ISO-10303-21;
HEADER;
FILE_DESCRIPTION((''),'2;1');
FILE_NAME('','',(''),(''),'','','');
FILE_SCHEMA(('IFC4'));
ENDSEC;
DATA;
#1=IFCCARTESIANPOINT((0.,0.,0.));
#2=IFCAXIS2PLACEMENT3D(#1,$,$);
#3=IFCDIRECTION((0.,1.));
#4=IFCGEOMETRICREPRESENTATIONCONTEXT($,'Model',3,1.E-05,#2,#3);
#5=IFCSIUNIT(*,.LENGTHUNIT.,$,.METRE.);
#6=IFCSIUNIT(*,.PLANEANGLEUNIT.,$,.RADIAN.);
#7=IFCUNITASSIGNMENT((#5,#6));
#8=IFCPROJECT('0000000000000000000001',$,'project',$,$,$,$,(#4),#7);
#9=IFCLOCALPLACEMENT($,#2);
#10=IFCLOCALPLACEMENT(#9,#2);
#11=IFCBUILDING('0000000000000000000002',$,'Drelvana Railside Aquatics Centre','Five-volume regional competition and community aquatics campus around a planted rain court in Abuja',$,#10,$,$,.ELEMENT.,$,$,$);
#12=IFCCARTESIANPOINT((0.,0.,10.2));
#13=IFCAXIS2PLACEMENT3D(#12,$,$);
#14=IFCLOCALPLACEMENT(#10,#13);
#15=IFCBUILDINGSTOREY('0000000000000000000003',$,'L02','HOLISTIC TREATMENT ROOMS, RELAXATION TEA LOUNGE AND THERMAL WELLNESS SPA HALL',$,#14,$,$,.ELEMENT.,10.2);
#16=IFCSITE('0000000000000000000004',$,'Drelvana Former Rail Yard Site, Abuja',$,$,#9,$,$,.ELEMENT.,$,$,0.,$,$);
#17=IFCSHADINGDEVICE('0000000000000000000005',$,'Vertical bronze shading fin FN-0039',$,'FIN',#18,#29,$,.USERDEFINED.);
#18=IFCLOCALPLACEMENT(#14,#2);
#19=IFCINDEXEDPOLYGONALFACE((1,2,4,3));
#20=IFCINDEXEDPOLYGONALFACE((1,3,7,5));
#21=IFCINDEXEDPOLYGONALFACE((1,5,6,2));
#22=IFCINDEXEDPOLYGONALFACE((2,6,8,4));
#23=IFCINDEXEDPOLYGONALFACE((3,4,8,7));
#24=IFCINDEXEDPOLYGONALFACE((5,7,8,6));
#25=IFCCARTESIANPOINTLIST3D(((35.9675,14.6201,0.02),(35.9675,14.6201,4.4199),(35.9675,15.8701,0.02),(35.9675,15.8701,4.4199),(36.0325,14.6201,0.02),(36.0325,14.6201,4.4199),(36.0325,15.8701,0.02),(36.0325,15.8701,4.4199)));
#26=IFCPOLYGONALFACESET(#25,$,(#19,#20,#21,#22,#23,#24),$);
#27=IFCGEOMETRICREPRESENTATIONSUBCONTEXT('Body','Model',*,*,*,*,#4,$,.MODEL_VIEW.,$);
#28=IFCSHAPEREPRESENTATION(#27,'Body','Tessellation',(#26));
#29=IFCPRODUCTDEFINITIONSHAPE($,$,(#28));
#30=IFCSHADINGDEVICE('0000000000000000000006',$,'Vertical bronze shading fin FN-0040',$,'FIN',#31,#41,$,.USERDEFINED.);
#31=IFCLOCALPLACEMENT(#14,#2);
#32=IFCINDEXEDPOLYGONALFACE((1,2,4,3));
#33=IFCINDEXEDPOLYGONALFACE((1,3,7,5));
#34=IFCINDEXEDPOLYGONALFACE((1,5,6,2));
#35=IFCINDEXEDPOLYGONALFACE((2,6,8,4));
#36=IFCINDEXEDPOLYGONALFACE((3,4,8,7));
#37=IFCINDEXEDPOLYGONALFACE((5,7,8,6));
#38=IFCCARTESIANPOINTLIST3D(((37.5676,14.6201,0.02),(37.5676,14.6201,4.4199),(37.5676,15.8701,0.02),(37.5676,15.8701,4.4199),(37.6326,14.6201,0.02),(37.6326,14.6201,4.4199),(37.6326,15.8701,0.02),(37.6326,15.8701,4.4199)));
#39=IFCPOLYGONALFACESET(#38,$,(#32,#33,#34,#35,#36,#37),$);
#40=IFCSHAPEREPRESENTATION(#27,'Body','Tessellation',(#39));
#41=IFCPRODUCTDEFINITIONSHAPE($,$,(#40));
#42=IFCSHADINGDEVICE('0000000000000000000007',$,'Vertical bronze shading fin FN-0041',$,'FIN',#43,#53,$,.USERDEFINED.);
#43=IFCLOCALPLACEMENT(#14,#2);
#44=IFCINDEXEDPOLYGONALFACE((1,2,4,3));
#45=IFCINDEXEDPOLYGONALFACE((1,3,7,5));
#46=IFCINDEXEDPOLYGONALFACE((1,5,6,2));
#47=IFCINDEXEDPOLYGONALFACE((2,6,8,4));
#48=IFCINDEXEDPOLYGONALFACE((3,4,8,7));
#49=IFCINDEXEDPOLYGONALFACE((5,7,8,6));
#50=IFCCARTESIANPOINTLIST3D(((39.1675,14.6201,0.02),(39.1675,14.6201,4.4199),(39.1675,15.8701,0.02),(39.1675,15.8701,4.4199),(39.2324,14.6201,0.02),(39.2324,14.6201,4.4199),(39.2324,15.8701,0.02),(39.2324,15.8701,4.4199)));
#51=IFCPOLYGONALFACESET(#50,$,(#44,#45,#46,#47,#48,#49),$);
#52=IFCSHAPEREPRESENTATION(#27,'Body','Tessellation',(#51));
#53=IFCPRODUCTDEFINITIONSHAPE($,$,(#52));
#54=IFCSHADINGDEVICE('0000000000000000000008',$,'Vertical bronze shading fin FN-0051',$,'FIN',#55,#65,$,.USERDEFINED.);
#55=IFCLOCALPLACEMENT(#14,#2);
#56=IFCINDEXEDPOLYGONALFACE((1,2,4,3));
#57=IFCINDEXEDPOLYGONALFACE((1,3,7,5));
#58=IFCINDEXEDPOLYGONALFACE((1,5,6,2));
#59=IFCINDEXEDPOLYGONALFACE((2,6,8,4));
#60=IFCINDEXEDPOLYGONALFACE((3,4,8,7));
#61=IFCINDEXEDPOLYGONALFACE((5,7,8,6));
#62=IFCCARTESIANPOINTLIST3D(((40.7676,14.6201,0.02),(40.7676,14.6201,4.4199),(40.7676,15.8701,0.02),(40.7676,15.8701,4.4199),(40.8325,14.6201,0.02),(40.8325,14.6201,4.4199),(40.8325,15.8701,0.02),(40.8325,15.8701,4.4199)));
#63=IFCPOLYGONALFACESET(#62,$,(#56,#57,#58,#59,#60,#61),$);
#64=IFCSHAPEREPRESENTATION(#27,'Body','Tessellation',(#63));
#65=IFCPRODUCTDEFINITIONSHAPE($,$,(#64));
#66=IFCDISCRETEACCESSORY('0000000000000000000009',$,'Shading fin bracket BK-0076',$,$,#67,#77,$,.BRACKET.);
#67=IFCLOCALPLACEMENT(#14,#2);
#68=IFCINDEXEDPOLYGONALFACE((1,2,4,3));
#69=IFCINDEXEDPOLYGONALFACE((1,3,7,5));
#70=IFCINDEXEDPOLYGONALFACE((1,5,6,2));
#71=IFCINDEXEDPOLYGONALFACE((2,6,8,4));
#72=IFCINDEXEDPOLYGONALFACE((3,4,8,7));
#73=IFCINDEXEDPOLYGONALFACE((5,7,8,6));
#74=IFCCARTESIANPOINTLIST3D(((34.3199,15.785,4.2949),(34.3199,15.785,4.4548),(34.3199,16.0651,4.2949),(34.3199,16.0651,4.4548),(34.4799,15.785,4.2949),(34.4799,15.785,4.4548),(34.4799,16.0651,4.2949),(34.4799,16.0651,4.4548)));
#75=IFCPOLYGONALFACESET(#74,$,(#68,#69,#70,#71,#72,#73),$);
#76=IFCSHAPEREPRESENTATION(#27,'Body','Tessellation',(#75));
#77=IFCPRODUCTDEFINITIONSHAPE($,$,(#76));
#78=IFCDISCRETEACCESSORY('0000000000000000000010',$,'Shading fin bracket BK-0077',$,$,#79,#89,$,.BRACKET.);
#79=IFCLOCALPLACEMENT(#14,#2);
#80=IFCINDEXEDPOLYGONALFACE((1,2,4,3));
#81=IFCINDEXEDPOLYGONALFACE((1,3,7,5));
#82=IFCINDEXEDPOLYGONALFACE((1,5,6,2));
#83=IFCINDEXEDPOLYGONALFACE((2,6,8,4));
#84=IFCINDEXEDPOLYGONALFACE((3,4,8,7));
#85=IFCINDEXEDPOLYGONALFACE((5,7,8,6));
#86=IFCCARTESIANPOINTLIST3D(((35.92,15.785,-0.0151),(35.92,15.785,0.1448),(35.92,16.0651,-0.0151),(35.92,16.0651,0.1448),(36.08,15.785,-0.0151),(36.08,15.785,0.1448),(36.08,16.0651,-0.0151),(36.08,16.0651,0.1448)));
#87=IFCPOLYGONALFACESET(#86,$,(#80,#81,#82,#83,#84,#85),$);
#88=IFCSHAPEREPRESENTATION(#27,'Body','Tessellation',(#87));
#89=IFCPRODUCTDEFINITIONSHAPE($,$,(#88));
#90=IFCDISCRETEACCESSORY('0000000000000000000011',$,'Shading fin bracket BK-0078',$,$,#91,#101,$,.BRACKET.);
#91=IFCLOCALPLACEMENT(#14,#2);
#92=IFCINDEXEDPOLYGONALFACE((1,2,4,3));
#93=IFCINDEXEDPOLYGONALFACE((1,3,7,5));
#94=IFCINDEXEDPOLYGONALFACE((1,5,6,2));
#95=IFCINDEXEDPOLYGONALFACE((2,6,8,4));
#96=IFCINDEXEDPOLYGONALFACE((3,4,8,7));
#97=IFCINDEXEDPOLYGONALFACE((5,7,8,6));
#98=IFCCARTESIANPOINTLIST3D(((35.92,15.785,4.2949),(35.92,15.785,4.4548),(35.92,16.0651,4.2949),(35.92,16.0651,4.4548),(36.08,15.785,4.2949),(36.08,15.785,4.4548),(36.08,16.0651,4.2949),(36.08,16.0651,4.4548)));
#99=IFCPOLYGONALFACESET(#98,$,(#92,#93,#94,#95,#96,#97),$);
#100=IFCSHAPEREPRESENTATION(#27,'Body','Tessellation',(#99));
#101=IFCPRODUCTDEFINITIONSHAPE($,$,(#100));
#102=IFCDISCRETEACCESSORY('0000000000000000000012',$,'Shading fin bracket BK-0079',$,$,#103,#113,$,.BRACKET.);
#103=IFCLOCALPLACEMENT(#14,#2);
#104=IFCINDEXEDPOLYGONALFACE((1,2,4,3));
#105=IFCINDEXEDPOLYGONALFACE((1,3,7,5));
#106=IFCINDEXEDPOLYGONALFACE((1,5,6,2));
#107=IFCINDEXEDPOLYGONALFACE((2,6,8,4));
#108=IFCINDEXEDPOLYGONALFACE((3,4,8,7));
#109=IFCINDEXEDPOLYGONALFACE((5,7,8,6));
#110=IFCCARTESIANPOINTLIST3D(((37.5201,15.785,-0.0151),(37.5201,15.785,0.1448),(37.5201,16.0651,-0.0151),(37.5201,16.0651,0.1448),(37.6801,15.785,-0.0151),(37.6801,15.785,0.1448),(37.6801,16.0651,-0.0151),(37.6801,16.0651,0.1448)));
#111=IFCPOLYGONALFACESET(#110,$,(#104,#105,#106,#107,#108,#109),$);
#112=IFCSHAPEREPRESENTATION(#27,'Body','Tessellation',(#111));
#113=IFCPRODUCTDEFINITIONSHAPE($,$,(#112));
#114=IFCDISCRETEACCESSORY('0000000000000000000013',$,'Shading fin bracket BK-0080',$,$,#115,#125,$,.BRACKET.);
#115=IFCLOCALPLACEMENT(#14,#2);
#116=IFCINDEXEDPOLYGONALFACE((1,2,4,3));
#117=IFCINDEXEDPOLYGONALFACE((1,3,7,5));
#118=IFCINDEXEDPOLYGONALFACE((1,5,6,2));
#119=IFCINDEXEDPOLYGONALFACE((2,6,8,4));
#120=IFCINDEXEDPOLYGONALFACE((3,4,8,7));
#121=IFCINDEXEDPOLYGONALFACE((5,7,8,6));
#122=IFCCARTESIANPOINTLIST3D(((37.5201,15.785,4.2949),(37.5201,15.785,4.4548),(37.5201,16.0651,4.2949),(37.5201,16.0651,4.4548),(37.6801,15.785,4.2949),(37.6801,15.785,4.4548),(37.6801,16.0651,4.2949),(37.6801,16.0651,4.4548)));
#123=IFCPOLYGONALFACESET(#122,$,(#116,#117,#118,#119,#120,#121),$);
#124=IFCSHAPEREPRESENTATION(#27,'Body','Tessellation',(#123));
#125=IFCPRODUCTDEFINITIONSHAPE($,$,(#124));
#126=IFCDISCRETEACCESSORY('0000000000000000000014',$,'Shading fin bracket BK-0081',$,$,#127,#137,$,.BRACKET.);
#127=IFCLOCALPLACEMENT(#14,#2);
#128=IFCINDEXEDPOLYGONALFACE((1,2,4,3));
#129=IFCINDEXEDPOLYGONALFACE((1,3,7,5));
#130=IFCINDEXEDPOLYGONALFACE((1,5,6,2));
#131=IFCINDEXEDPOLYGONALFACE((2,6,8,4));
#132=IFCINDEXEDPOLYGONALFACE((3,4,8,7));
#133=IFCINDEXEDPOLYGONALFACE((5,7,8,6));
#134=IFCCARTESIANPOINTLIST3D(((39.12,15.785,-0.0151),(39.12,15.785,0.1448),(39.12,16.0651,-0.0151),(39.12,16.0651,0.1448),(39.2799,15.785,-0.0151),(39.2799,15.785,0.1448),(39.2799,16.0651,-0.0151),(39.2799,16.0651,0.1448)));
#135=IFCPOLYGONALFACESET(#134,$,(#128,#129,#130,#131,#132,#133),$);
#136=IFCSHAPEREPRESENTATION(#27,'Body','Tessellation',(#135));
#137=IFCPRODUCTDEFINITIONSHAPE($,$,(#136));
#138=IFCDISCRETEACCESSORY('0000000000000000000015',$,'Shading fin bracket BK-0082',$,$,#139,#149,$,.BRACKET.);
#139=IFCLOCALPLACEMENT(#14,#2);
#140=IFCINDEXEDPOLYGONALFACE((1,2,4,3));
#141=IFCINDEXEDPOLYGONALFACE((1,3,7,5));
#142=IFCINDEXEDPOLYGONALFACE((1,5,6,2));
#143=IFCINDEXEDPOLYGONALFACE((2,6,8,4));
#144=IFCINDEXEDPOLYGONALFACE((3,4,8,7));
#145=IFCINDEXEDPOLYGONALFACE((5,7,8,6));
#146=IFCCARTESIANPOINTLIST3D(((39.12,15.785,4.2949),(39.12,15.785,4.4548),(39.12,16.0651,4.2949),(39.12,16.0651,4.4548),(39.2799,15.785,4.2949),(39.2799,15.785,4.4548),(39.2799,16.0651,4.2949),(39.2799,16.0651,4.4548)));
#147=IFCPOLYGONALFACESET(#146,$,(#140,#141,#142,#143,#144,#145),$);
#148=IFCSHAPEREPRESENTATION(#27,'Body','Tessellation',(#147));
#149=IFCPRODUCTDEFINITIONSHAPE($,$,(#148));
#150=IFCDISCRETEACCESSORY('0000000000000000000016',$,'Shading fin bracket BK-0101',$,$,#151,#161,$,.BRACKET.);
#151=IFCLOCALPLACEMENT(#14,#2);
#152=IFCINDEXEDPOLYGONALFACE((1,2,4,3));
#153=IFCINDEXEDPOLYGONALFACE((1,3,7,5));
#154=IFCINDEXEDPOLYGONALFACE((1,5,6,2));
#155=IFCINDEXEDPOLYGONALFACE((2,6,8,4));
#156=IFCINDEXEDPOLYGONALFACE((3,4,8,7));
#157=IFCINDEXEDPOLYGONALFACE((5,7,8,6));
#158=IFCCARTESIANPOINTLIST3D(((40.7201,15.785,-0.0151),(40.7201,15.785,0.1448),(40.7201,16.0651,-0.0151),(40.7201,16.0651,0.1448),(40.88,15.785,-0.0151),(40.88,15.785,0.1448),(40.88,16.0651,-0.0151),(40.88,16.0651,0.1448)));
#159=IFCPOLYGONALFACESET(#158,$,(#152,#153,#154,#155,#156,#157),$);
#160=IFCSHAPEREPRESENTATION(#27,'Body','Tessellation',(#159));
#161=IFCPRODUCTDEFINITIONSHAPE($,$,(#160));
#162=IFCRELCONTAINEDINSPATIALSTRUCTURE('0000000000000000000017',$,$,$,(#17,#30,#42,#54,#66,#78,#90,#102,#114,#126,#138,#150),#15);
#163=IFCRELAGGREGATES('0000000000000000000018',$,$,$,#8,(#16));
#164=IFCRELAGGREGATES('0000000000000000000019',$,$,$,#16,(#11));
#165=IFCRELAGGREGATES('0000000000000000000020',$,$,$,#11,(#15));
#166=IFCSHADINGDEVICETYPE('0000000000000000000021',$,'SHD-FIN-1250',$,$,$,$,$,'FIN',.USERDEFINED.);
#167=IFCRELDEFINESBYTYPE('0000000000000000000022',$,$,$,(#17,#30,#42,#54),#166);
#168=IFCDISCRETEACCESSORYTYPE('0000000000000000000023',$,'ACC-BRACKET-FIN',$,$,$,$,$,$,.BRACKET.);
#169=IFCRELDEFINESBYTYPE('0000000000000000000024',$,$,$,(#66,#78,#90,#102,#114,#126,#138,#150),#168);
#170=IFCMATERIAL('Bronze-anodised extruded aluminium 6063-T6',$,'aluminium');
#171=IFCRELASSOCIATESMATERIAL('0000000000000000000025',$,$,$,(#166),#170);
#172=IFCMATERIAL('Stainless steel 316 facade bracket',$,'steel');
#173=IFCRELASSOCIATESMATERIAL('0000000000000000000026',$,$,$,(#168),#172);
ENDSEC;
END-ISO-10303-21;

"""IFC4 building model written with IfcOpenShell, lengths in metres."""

from ifc_helpers import new_model, si_unit, direction, frame, origin, origin_2d, place, context, subcontext, project, spatial, rectangle, extrude, material, type_object, element, save


model = new_model("IFC4")

# Units and contexts
model_context = context("Model", 3, precision=1e-05, world=origin(), true_north=direction((0.0, 1.0)))
body_context = subcontext(model_context, "Body", "Model", "MODEL_VIEW")
ifc_project = project(units=[si_unit("LENGTHUNIT", "METRE"), si_unit("PLANEANGLEUNIT", "RADIAN")], contexts=[model_context])

# Site, building, storey
site_placement = place(None, origin())
site = spatial("IfcSite", under=ifc_project, at=site_placement, Name="Drelvana Former Rail Yard Site, Abuja", CompositionType="ELEMENT", RefElevation=0.0)
building_placement = place(site_placement, origin())
building = spatial("IfcBuilding", under=site, at=building_placement, Name="Drelvana Railside Aquatics Centre", Description="Five-volume regional competition and community aquatics campus around a planted rain court in Abuja", CompositionType="ELEMENT")
storey_placement = place(building_placement, frame((0.0, 0.0, 10.2)))
storey = spatial("IfcBuildingStorey", under=building, at=storey_placement, Name="L02", Description="HOLISTIC TREATMENT ROOMS, RELAXATION TEA LOUNGE AND THERMAL WELLNESS SPA HALL", CompositionType="ELEMENT", Elevation=10.2)

# Shared definitions
ifc_material_1 = material(Name="Bronze-anodised extruded aluminium 6063-T6", Category="aluminium")

# Shading devices
shading_device_type = type_object("IfcShadingDeviceType", Name="SHD-FIN-1250", ElementType="FIN", PredefinedType="USERDEFINED", material=ifc_material_1)
for number, where, z_axis, x_axis, name in (
    (1, (36.0, 15.2451, 0.02), (0.0, 0.0, 1.0), (0.0, -1.0, 0.0), "Vertical bronze shading fin FN-0039"),
    (2, (37.6001, 15.2451, 0.02), (0.0, 0.0, 1.0), (0.0, -1.0, 0.0), "Vertical bronze shading fin FN-0040"),
    (3, (39.2, 15.2451, 0.02), (0.0, 0.0, 1.0), (0.0, -1.0, 0.0), "Vertical bronze shading fin FN-0041"),
    (4, (40.8, 15.2451, 0.02), (0.0, 0.0, 1.0), (0.0, -1.0, 0.0), "Vertical bronze shading fin FN-0051"),
):
    element("IfcShadingDevice", number, at=place(storey_placement, frame(where, z_axis=z_axis, x_axis=x_axis)), inside=storey, type_object=shading_device_type, Name=name, ObjectType="FIN", PredefinedType="USERDEFINED", context=body_context, shape_type="SweptSolid", body=[
        extrude(rectangle(XDim=1.25, YDim=0.0649, at=origin_2d()), origin(), (0.0, 0.0, 1.0), 4.3999),
    ])

# Discrete accessories
ifc_material_2 = material(Name="Stainless steel 316 facade bracket", Category="steel")
discrete_accessory_type = type_object("IfcDiscreteAccessoryType", Name="ACC-BRACKET-FIN", PredefinedType="BRACKET", material=ifc_material_2)
for number, where, z_axis, x_axis, name in (
    (5, (34.3999, 15.925, 4.2949), (0.0, 0.0, 1.0), (0.0, -1.0, 0.0), "Shading fin bracket BK-0076"),
    (6, (36.0, 15.925, -0.0151), (0.0, 0.0, 1.0), (0.0, -1.0, 0.0), "Shading fin bracket BK-0077"),
    (7, (36.0, 15.925, 4.2949), (0.0, 0.0, 1.0), (0.0, -1.0, 0.0), "Shading fin bracket BK-0078"),
    (8, (37.6001, 15.925, -0.0151), (0.0, 0.0, 1.0), (0.0, -1.0, 0.0), "Shading fin bracket BK-0079"),
    (9, (37.6001, 15.925, 4.2949), (0.0, 0.0, 1.0), (0.0, -1.0, 0.0), "Shading fin bracket BK-0080"),
    (10, (39.2, 15.925, -0.0151), (0.0, 0.0, 1.0), (0.0, -1.0, 0.0), "Shading fin bracket BK-0081"),
    (11, (39.2, 15.925, 4.2949), (0.0, 0.0, 1.0), (0.0, -1.0, 0.0), "Shading fin bracket BK-0082"),
    (12, (40.8, 15.925, -0.0151), (0.0, 0.0, 1.0), (0.0, -1.0, 0.0), "Shading fin bracket BK-0101"),
):
    element("IfcDiscreteAccessory", number, at=place(storey_placement, frame(where, z_axis=z_axis, x_axis=x_axis)), inside=storey, type_object=discrete_accessory_type, Name=name, PredefinedType="BRACKET", context=body_context, shape_type="SweptSolid", body=[
        extrude(rectangle(XDim=0.28, YDim=0.1599, at=origin_2d()), origin(), (0.0, 0.0, 1.0), 0.1599),
    ])

save(model, "model.ifc")
